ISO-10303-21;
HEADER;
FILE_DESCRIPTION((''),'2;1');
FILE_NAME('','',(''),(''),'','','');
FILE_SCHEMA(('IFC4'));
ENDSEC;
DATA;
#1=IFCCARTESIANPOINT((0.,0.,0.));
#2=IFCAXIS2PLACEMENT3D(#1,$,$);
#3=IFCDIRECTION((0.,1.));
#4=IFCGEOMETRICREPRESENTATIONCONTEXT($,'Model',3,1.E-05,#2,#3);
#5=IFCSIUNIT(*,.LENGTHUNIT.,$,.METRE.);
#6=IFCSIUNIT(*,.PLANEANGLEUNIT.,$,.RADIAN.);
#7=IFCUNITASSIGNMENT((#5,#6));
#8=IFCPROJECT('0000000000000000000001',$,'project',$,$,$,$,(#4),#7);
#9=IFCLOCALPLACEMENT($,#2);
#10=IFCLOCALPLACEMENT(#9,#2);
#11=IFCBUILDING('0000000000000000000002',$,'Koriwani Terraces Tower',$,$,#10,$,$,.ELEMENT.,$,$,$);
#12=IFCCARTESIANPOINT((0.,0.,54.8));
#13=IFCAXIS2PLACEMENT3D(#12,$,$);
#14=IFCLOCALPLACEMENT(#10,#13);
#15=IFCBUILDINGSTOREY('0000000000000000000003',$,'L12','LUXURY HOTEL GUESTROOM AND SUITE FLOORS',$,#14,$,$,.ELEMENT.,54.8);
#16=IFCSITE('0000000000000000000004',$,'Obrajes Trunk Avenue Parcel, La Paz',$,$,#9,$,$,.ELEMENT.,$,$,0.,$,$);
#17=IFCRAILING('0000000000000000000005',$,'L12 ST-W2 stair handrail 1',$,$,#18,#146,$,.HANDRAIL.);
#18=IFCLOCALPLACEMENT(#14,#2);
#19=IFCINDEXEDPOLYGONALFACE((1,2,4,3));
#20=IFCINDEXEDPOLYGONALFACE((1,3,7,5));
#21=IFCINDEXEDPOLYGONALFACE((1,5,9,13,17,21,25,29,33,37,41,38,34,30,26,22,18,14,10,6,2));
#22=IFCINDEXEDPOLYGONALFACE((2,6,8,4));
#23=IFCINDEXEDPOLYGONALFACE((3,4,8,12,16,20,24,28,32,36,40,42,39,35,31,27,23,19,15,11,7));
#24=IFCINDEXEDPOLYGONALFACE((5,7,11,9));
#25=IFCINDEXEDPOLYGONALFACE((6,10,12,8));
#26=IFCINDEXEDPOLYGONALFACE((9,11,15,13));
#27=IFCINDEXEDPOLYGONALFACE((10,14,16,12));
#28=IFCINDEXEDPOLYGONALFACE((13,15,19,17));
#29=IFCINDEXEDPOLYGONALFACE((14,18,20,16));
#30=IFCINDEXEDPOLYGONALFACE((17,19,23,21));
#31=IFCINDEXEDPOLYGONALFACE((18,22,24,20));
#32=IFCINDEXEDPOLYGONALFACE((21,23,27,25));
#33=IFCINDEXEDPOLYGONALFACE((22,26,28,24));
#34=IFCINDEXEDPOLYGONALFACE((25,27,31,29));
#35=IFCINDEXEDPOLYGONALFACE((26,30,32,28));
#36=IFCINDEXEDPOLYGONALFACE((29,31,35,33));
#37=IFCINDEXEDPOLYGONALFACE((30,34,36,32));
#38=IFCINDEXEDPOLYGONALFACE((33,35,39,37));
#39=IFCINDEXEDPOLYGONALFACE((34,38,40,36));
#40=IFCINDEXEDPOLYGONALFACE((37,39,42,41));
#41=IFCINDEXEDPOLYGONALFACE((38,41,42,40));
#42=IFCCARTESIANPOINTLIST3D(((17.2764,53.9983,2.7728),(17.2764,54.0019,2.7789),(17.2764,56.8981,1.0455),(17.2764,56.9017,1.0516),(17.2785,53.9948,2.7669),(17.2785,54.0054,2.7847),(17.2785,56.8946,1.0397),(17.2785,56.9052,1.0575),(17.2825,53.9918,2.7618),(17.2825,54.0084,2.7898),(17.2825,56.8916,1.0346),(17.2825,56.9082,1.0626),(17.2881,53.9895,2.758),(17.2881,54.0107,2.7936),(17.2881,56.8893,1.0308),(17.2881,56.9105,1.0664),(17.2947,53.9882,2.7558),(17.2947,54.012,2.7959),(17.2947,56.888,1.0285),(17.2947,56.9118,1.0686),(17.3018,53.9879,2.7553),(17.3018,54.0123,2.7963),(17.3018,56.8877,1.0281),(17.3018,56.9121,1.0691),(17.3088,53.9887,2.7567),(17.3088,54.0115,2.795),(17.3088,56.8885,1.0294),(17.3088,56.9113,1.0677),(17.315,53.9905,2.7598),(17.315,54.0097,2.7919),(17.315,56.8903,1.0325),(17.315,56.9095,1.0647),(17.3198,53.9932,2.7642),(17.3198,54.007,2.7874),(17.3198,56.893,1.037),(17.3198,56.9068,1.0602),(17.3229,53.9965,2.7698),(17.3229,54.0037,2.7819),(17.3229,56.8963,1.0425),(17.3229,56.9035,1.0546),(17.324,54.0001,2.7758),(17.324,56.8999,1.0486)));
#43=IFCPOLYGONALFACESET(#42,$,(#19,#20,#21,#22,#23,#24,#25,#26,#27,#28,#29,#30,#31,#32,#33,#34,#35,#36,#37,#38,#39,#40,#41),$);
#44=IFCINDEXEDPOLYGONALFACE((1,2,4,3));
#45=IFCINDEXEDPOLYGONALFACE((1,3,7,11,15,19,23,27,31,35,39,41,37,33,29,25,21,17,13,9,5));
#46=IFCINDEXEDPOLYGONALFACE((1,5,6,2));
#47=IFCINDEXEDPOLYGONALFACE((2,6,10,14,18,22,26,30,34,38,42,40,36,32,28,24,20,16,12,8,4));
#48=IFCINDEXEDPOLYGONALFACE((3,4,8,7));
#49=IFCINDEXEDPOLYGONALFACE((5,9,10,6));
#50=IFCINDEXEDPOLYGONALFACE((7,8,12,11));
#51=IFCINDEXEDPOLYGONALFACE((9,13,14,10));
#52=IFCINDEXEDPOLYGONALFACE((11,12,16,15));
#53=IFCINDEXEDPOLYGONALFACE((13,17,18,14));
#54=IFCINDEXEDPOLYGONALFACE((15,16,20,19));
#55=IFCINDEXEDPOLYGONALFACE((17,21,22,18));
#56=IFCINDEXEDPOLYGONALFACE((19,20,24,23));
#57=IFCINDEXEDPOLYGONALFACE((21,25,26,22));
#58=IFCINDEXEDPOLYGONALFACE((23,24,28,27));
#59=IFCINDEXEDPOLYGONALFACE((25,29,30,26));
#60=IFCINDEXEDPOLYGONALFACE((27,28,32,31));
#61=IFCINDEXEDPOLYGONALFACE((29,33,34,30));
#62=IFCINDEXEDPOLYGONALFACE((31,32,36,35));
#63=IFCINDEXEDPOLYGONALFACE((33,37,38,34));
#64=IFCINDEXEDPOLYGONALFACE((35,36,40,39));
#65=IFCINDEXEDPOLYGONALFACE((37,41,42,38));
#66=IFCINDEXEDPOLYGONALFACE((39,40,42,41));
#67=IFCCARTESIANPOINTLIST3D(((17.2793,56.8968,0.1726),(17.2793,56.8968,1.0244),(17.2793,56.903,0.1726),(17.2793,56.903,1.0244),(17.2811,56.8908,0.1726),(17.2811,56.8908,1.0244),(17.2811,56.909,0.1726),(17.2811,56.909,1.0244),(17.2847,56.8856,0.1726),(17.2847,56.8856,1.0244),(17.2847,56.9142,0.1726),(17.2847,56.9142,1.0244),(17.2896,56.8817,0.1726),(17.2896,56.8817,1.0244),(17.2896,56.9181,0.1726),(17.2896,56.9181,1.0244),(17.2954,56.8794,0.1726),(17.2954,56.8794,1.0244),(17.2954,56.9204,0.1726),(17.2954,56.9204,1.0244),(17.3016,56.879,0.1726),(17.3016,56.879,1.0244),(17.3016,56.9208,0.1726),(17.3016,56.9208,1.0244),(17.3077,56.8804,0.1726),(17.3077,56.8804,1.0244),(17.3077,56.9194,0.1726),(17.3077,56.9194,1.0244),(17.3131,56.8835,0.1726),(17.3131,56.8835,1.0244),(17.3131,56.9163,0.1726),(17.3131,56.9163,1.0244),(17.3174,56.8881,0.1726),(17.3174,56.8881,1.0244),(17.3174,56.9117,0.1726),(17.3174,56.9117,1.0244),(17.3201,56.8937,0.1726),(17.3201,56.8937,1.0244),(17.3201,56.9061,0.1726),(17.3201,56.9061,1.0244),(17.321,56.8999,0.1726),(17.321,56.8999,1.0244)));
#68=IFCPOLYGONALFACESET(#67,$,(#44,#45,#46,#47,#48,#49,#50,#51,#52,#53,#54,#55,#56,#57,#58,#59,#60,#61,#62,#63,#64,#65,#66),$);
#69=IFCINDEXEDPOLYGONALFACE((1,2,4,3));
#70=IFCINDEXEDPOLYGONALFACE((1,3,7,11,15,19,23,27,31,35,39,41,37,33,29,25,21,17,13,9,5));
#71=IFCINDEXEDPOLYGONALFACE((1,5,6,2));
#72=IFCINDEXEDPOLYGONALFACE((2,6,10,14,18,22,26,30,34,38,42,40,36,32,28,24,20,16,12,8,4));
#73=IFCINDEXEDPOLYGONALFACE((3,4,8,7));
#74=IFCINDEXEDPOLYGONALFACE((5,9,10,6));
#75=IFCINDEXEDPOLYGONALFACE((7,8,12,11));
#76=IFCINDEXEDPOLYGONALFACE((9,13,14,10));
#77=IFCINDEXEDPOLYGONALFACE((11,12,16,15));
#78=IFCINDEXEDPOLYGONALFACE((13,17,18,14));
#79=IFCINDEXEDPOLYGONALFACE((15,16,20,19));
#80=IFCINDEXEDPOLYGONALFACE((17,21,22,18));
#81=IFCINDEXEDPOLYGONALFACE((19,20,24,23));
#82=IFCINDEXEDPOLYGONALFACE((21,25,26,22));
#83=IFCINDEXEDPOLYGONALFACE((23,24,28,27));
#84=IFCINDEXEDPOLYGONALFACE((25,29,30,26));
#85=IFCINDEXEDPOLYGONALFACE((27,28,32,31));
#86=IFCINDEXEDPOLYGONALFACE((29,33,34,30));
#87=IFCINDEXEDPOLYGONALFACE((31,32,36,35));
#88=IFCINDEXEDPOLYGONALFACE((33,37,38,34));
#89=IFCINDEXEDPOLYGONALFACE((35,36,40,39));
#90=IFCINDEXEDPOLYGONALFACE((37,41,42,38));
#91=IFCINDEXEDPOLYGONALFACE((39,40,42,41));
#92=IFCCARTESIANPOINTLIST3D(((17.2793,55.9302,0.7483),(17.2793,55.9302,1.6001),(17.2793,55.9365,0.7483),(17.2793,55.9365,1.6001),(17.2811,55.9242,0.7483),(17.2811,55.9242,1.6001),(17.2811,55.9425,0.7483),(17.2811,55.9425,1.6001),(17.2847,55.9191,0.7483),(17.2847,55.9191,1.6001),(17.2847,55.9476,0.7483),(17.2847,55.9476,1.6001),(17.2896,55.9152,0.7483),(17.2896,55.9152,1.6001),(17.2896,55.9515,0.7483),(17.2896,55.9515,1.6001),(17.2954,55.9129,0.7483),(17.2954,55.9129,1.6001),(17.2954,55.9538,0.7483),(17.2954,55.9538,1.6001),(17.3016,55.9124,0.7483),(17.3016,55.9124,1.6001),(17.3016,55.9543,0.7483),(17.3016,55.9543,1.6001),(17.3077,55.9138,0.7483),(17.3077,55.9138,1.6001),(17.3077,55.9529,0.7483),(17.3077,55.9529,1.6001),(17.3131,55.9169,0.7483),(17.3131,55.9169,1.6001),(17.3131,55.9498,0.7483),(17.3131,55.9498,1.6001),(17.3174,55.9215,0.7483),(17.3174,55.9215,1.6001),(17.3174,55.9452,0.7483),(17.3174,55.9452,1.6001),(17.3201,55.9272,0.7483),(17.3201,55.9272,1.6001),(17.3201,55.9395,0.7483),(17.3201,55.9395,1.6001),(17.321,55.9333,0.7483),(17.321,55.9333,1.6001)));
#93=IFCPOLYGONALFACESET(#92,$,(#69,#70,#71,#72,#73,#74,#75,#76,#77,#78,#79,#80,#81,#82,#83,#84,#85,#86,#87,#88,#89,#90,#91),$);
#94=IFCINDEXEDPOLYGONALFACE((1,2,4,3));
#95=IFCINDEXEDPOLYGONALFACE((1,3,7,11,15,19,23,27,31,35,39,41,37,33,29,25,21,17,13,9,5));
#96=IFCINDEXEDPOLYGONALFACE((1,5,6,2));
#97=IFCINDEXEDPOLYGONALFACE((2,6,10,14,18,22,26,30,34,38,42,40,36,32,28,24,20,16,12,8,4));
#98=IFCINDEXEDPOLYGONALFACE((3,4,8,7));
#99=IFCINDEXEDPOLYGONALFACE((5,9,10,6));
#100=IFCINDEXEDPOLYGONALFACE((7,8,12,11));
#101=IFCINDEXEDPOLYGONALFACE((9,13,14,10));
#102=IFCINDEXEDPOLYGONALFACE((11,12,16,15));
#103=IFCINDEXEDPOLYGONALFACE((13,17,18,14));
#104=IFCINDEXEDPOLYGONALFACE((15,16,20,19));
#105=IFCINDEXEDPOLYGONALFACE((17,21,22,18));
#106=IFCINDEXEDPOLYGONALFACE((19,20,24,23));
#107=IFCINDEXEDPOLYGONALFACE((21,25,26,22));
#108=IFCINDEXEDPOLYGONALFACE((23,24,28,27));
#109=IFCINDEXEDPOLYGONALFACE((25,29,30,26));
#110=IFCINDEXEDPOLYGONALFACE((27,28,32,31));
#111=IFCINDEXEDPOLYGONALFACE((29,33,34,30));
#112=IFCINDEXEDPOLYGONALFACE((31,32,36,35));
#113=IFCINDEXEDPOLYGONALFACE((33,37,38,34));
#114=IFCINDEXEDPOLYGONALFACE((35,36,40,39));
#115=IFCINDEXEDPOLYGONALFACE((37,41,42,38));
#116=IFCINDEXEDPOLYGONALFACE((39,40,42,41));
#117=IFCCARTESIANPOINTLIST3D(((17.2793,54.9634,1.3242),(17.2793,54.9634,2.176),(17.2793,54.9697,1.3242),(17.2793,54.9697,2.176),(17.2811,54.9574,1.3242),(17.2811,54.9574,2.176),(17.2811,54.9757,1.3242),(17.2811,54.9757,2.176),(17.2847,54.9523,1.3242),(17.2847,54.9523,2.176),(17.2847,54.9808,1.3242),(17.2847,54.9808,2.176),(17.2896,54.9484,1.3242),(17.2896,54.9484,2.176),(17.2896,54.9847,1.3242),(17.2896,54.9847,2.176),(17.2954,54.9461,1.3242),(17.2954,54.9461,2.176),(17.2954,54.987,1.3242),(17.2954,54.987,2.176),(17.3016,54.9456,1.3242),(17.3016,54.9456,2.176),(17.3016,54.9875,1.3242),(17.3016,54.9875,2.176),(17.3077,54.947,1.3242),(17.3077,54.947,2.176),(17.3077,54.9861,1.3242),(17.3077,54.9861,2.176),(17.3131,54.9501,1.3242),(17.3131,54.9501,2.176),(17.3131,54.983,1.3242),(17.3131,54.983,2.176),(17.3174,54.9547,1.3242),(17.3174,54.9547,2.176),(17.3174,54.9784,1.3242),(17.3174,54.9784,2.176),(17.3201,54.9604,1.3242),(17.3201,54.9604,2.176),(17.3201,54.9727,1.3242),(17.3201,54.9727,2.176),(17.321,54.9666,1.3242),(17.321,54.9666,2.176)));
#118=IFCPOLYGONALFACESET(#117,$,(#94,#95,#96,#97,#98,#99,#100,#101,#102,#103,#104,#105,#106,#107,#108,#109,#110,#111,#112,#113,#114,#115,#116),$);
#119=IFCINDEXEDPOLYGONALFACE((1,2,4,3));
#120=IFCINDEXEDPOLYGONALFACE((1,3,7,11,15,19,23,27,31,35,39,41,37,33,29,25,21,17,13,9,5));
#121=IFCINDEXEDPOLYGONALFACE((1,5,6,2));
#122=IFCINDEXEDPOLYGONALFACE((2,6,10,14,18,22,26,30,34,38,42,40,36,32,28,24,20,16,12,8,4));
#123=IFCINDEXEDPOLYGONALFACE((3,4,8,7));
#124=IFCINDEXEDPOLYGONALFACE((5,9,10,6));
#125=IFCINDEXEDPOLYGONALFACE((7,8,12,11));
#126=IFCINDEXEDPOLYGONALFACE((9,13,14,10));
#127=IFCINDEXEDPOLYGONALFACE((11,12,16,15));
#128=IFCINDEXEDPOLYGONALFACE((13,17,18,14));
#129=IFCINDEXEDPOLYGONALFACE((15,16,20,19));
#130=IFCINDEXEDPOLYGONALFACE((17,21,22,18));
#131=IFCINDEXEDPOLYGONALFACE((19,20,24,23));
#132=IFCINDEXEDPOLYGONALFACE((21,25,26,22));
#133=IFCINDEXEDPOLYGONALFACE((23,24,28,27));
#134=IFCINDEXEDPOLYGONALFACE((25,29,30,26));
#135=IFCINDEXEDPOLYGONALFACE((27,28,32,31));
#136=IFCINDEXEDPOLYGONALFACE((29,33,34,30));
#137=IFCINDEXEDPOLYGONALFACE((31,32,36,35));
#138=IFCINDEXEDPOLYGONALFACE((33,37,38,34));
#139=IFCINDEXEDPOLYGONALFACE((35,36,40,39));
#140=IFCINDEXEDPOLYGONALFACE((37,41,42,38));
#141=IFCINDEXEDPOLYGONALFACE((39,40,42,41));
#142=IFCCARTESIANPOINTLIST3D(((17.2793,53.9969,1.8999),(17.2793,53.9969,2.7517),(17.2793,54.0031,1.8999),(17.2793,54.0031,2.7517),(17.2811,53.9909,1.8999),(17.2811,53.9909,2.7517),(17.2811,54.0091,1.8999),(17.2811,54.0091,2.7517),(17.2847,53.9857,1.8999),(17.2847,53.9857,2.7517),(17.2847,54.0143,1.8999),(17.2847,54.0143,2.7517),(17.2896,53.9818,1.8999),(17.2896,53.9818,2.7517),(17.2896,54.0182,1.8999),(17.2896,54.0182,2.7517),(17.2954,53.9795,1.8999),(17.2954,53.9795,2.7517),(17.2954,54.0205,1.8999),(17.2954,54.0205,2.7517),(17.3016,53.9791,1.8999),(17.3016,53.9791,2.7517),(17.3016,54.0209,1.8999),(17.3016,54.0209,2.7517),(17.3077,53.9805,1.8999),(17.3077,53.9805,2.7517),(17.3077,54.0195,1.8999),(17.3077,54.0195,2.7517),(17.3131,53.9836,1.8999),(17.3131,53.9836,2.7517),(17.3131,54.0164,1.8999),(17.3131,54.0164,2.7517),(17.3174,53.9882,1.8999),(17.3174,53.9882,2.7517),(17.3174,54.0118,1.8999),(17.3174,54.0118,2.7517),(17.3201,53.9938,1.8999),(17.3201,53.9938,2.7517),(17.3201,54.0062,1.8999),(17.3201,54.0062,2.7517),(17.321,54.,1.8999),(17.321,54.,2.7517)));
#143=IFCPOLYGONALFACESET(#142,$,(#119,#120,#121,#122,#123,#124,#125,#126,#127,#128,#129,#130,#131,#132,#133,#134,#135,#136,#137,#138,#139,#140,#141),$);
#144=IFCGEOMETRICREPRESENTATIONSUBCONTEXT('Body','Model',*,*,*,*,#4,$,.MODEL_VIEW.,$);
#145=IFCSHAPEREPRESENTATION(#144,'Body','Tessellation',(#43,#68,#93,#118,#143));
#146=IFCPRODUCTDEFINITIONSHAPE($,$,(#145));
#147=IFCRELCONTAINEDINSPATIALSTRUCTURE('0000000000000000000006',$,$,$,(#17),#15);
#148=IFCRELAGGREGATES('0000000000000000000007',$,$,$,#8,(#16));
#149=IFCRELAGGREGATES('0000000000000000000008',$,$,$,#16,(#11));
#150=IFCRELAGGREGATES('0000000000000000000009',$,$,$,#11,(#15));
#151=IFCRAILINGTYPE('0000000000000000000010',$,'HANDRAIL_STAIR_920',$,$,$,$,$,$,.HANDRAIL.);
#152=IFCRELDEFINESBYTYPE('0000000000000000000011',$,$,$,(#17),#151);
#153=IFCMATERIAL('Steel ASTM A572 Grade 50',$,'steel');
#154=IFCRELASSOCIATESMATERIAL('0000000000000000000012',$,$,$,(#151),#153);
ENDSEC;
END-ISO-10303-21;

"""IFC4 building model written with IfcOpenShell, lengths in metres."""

from ifc_helpers import new_model, si_unit, direction, frame, origin, origin_2d, place, context, subcontext, project, spatial, circle, extrude, material, type_object, element, save


model = new_model("IFC4")

# Units and contexts
model_context = context("Model", 3, precision=1e-05, world=origin(), true_north=direction((0.0, 1.0)))
body_context = subcontext(model_context, "Body", "Model", "MODEL_VIEW")
ifc_project = project(units=[si_unit("LENGTHUNIT", "METRE"), si_unit("PLANEANGLEUNIT", "RADIAN")], contexts=[model_context])

# Site, building, storey
site_placement = place(None, origin())
site = spatial("IfcSite", under=ifc_project, at=site_placement, Name="Obrajes Trunk Avenue Parcel, La Paz", CompositionType="ELEMENT", RefElevation=0.0)
building_placement = place(site_placement, origin())
building = spatial("IfcBuilding", under=site, at=building_placement, Name="Koriwani Terraces Tower", CompositionType="ELEMENT")
storey_placement = place(building_placement, frame((0.0, 0.0, 54.8)))
storey = spatial("IfcBuildingStorey", under=building, at=storey_placement, Name="L12", Description="LUXURY HOTEL GUESTROOM AND SUITE FLOORS", CompositionType="ELEMENT", Elevation=54.8)

# Shared definitions
ifc_material_1 = material(Name="Steel ASTM A572 Grade 50", Category="steel")

# Railing
railing_type = type_object("IfcRailingType", Name="HANDRAIL_STAIR_920", PredefinedType="HANDRAIL", material=ifc_material_1)
for number, where, name in (
    (1, (17.3, 56.8999, 0.1726), "L12 ST-W2 stair handrail 1"),
):
    element("IfcRailing", number, at=place(storey_placement, frame(where)), inside=storey, type_object=railing_type, Name=name, PredefinedType="HANDRAIL", context=body_context, shape_type="SweptSolid", body=[
        extrude(circle(Radius=0.0239, at=origin_2d()), frame((0.0, 0.0, 0.876), z_axis=(0.0, -0.859141, 0.511738), x_axis=(1.0, 0.0, 0.0)), (0.0, 0.0, 1.0), 3.3752),
        extrude(circle(Radius=0.021, at=origin_2d()), origin(), (0.0, 0.0, 1.0), 0.8518),
        extrude(circle(Radius=0.021, at=origin_2d()), frame((0.0, -0.9666, 0.5757)), (0.0, 0.0, 1.0), 0.8518),
        extrude(circle(Radius=0.021, at=origin_2d()), frame((0.0, -1.9333, 1.1516)), (0.0, 0.0, 1.0), 0.8518),
        extrude(circle(Radius=0.021, at=origin_2d()), frame((0.0, -2.8999, 1.7273)), (0.0, 0.0, 1.0), 0.8518),
    ])

save(model, "model.ifc")
